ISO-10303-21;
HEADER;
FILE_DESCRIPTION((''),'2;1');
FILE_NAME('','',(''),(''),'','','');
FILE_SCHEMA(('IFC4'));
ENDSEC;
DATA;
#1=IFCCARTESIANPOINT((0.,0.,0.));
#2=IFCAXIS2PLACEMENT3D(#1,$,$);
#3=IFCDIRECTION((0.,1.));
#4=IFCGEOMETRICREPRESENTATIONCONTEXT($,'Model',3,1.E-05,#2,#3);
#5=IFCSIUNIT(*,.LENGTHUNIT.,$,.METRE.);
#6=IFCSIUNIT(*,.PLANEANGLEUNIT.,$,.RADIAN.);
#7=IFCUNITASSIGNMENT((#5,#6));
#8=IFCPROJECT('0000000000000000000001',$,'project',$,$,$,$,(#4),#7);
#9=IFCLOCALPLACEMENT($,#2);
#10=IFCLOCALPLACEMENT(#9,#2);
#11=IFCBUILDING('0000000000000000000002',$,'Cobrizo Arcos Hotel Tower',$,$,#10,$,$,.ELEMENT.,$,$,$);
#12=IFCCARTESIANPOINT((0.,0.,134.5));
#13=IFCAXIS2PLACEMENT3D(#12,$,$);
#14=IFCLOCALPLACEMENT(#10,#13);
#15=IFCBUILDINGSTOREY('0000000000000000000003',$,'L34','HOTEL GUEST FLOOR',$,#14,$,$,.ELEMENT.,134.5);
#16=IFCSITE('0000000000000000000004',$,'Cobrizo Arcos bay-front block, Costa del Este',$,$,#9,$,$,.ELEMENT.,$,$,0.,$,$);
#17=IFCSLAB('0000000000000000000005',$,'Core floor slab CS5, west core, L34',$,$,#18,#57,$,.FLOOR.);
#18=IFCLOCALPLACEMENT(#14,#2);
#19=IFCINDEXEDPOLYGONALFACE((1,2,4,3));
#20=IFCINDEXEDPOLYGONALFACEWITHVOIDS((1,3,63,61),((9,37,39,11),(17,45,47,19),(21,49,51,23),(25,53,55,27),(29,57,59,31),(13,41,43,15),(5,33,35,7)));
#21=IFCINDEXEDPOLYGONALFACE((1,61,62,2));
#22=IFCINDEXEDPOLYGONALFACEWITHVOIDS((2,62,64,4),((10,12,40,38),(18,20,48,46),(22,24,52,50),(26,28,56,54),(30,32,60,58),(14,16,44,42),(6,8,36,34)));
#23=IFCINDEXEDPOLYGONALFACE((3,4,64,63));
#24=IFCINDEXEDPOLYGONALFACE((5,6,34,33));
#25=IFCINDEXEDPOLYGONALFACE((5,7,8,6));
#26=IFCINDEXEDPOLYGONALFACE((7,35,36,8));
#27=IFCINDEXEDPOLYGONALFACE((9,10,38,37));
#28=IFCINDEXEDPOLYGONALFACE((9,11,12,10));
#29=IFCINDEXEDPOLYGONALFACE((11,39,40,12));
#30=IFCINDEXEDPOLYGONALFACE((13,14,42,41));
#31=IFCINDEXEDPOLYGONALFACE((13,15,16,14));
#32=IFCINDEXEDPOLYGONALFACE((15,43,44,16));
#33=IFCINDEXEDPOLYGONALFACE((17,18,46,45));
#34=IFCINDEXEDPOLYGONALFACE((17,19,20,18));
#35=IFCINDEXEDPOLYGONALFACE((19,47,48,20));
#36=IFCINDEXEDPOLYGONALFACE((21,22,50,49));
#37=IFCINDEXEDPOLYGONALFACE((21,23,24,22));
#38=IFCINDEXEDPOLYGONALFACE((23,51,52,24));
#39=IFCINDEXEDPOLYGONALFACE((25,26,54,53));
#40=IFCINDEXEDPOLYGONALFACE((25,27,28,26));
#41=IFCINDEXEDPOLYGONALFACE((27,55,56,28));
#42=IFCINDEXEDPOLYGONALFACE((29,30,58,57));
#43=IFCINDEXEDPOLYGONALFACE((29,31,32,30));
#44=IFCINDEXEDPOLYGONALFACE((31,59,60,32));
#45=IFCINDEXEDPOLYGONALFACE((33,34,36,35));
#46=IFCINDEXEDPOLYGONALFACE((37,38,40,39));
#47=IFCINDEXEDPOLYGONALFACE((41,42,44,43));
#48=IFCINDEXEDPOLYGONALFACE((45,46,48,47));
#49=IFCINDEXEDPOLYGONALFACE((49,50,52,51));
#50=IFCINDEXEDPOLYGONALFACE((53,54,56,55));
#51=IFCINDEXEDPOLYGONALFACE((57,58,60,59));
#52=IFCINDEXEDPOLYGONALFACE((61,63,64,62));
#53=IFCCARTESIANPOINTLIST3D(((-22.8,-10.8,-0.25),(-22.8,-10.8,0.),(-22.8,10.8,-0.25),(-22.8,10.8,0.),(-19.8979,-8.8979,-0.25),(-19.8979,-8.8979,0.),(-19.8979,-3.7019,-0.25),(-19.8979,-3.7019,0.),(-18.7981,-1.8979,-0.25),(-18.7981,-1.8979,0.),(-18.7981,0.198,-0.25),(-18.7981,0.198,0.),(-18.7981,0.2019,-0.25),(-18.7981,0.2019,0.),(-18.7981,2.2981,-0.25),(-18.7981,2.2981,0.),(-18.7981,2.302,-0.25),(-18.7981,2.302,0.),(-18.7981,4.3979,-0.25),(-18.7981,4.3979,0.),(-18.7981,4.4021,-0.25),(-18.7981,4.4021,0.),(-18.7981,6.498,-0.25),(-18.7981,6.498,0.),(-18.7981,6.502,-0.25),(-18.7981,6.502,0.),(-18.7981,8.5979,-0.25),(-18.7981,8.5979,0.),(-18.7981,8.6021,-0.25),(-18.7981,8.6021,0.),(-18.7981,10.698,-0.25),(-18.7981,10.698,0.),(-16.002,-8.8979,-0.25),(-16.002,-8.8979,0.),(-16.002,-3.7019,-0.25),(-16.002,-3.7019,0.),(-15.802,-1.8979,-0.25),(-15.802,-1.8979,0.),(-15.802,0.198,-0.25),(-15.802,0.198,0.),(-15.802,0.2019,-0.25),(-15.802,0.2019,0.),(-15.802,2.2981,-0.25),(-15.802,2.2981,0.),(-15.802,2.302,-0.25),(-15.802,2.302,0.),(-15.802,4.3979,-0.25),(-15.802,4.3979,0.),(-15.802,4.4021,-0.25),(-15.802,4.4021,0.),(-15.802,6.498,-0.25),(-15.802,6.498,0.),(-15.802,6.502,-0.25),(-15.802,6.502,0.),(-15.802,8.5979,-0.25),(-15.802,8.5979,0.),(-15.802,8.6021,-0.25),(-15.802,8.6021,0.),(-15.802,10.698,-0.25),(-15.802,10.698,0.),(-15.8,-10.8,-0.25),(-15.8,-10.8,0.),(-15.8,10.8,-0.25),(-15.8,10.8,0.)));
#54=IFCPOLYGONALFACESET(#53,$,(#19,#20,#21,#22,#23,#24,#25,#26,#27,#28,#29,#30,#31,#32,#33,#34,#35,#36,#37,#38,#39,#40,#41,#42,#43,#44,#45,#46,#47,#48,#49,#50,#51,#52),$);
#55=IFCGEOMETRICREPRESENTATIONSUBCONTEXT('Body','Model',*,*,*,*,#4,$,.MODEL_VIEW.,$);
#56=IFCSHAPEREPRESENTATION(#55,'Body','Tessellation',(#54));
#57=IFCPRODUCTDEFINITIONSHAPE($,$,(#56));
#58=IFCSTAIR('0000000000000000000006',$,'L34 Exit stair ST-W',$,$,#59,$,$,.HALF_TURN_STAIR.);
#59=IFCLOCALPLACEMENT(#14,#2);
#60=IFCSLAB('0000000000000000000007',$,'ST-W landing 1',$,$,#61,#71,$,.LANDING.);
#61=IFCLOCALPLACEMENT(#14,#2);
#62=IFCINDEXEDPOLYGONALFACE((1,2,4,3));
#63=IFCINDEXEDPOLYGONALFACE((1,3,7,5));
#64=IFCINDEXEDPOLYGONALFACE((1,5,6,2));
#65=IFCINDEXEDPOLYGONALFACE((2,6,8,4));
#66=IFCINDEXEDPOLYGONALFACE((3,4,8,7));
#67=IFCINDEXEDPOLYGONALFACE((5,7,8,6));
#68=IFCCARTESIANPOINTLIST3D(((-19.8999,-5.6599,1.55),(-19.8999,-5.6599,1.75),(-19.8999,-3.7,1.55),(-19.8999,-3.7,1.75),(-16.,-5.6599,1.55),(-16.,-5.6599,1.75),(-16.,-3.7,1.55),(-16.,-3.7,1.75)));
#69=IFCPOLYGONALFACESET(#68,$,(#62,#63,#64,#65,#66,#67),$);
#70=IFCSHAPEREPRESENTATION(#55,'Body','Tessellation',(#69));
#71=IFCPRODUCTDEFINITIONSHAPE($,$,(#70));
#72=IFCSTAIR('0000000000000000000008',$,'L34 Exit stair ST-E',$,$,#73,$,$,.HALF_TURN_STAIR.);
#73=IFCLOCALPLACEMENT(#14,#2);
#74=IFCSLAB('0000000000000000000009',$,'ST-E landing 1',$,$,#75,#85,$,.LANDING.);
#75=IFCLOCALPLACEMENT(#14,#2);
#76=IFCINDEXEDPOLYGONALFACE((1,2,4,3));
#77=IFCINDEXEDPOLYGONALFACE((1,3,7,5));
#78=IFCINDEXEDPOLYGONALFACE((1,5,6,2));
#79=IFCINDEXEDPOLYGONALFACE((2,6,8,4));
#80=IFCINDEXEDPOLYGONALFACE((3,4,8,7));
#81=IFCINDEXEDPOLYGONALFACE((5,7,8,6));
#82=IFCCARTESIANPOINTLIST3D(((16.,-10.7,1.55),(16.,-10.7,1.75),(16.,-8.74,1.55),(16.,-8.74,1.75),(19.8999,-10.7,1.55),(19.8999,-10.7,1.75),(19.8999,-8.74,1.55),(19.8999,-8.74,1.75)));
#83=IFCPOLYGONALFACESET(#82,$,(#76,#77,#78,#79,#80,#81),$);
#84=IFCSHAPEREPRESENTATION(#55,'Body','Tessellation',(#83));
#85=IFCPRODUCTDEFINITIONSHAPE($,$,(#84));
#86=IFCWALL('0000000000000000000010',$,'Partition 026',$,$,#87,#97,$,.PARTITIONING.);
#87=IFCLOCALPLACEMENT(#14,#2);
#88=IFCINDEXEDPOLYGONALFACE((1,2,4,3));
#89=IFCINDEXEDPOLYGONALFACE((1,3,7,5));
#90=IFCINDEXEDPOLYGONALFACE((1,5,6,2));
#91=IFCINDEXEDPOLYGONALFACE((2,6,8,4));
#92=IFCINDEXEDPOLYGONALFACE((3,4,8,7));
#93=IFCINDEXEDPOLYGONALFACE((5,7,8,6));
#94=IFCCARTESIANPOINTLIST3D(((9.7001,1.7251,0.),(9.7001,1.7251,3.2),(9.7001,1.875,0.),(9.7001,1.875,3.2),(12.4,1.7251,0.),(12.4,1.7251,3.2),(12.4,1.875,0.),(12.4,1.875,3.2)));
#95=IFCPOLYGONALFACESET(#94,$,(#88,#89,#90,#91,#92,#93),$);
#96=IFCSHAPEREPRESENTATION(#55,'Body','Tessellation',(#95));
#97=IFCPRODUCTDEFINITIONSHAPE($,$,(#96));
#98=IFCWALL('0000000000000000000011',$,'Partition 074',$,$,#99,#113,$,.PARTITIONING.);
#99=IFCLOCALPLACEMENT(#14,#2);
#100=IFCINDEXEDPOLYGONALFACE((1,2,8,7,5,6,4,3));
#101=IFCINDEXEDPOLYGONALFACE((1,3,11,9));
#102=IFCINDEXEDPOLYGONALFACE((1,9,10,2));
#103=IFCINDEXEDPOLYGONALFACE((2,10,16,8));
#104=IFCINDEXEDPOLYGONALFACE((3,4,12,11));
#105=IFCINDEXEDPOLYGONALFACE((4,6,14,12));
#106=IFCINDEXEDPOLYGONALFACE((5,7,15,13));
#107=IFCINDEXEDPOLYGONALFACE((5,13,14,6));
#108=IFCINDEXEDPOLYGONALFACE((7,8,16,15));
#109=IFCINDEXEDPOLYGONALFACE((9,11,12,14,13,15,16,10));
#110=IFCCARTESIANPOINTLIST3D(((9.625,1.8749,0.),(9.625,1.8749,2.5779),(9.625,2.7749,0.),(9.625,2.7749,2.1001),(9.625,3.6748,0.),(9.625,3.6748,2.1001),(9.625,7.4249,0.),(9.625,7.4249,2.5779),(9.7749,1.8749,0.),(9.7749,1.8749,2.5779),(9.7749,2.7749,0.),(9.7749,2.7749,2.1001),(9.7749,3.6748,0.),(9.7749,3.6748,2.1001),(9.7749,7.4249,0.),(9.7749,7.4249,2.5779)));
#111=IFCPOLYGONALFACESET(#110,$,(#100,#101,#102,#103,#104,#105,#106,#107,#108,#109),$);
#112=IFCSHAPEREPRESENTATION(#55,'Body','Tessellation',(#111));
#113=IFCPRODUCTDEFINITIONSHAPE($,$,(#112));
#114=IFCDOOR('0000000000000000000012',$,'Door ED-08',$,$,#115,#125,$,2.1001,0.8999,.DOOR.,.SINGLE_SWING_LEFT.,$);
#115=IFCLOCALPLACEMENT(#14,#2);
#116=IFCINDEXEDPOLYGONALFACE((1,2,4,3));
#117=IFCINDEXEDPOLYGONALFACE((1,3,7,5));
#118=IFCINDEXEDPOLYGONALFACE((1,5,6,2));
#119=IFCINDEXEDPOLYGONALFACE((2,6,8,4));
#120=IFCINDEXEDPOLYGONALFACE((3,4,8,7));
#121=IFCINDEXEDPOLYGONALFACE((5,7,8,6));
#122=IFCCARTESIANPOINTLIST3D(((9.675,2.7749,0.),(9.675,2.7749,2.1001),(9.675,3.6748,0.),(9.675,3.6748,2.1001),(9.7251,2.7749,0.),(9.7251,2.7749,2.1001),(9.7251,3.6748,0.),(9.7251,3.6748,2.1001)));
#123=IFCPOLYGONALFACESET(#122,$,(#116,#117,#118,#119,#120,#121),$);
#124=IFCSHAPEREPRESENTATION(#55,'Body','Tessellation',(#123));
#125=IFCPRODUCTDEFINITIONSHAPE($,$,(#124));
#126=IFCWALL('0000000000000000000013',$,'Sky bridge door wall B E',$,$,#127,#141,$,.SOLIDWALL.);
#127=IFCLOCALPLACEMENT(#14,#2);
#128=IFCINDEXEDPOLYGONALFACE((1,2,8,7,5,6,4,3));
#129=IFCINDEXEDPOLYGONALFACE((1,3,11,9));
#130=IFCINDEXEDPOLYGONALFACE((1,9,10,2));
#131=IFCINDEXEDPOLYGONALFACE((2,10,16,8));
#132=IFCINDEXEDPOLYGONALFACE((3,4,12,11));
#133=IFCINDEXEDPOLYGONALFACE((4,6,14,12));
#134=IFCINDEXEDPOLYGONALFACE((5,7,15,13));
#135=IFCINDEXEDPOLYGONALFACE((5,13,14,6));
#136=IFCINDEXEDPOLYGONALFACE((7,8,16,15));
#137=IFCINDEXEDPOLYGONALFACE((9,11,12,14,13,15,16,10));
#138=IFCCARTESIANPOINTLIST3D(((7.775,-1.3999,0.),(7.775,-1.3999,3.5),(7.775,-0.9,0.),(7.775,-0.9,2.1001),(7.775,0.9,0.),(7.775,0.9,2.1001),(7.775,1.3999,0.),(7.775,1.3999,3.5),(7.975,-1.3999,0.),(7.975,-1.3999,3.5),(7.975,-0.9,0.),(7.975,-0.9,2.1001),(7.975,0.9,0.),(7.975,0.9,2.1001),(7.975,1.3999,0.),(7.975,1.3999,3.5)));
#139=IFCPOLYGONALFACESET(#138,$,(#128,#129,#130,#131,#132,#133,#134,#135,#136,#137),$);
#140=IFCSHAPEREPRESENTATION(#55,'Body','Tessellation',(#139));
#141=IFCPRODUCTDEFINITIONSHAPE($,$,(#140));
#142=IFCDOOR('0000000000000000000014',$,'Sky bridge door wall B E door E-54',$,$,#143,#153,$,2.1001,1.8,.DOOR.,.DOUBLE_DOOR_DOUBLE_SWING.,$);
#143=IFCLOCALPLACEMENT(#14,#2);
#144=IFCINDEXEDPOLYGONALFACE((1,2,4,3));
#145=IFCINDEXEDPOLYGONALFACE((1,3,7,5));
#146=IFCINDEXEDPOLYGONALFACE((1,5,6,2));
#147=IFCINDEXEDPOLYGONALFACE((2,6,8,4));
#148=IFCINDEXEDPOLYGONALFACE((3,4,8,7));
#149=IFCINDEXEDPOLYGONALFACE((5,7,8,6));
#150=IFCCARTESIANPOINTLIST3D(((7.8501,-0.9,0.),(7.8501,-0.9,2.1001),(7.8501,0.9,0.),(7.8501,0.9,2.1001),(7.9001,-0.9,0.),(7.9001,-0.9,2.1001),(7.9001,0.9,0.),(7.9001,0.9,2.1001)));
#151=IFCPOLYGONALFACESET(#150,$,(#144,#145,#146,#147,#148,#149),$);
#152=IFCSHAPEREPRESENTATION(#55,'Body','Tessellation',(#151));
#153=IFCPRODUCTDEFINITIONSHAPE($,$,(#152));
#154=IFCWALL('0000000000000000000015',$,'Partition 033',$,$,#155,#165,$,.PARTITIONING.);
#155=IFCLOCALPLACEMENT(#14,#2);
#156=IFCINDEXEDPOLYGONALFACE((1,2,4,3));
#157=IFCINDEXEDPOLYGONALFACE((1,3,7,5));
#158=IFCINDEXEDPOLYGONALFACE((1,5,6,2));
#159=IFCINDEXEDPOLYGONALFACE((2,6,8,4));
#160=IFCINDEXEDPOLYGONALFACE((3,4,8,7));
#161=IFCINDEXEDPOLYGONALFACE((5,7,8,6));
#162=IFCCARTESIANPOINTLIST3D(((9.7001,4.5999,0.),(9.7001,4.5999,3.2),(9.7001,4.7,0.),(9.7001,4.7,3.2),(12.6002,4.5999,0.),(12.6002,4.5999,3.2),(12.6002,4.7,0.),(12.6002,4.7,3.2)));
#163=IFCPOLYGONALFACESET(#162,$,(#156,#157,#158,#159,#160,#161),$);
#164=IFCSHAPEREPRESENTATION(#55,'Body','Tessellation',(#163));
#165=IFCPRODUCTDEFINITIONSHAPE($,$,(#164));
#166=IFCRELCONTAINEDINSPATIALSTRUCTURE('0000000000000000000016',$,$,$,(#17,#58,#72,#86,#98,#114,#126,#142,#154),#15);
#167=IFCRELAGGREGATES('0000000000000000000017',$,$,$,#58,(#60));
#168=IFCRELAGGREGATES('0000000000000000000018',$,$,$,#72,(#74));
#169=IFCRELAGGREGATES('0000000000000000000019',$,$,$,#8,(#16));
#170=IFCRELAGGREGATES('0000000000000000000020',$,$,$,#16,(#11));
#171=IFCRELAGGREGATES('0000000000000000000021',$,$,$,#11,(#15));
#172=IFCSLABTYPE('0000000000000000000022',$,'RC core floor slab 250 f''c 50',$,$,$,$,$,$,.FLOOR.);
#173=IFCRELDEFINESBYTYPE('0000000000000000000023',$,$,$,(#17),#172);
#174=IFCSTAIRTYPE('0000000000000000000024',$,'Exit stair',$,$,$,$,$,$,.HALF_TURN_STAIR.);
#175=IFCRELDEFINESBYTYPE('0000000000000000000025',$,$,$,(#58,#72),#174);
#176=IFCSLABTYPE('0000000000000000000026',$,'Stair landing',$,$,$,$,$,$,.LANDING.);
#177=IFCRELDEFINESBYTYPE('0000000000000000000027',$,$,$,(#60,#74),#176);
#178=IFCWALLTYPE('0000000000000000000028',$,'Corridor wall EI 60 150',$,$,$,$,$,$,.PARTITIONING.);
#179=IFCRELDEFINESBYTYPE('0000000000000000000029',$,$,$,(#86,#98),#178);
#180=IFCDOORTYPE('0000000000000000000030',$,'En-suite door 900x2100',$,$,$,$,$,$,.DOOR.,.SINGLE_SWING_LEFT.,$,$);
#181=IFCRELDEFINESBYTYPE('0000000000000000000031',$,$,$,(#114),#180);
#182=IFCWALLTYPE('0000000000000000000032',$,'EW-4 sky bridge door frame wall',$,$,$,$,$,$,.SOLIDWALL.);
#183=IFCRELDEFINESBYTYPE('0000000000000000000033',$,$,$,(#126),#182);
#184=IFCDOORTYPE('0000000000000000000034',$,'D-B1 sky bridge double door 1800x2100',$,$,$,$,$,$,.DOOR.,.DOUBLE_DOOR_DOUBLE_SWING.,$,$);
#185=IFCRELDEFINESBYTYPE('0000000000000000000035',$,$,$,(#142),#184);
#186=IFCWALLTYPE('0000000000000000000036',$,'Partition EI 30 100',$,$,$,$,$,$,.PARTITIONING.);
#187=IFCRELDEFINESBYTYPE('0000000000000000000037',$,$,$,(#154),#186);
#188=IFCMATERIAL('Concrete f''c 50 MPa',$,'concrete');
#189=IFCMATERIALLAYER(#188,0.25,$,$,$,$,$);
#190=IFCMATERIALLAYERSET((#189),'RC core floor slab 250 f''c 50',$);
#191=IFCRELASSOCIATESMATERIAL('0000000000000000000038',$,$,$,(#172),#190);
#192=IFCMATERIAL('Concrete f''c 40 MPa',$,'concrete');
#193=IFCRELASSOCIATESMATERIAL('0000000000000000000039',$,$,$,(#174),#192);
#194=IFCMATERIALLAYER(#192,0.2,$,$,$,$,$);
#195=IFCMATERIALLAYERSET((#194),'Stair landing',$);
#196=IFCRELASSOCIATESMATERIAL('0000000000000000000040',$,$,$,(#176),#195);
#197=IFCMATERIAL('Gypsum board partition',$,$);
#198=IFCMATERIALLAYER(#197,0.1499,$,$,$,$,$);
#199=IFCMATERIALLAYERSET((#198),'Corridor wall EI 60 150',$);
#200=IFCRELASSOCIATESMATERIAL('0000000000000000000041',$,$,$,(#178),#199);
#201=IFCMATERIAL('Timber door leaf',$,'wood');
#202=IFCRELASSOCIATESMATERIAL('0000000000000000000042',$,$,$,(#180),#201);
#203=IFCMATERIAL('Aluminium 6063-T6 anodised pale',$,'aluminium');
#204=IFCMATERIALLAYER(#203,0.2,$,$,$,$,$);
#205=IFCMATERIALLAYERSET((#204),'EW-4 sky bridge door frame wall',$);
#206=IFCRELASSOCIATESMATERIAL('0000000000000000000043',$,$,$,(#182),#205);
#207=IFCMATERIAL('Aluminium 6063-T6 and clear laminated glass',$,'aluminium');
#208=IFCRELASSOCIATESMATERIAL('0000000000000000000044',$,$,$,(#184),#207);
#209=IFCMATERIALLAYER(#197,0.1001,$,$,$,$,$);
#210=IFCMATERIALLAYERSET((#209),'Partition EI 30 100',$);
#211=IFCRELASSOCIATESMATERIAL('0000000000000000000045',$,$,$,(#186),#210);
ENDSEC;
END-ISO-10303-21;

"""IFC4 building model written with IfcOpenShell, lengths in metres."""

from ifc_helpers import new_model, si_unit, direction, frame, frame_2d, origin, place, context, subcontext, project, spatial, polyline, rectangle, outline, extrude, material, layer, layer_set, type_object, element, fill, aggregate, save


model = new_model("IFC4")

# Units and contexts
model_context = context("Model", 3, precision=1e-05, world=origin(), true_north=direction((0.0, 1.0)))
body_context = subcontext(model_context, "Body", "Model", "MODEL_VIEW")
ifc_project = project(units=[si_unit("LENGTHUNIT", "METRE"), si_unit("PLANEANGLEUNIT", "RADIAN")], contexts=[model_context])

# Site, building, storey
site_placement = place(None, origin())
site = spatial("IfcSite", under=ifc_project, at=site_placement, Name="Cobrizo Arcos bay-front block, Costa del Este", CompositionType="ELEMENT", RefElevation=0.0)
building_placement = place(site_placement, origin())
building = spatial("IfcBuilding", under=site, at=building_placement, Name="Cobrizo Arcos Hotel Tower", CompositionType="ELEMENT")
storey_placement = place(building_placement, frame((0.0, 0.0, 134.5)))
storey = spatial("IfcBuildingStorey", under=building, at=storey_placement, Name="L34", Description="HOTEL GUEST FLOOR", CompositionType="ELEMENT", Elevation=134.5)

# Slab
ifc_material_1 = material(Name="Concrete f'c 50 MPa", Category="concrete")
ifc_layer_1 = layer(ifc_material_1, 0.25)
ifc_layer_set_1 = layer_set([ifc_layer_1], Name="RC core floor slab 250 f'c 50")
slab_type_1 = type_object("IfcSlabType", Name="RC core floor slab 250 f'c 50", PredefinedType="FLOOR", material=ifc_layer_set_1)
slab_1_placement = place(storey_placement, frame((0.0, 0.0, -0.25)))
element("IfcSlab", 1, at=slab_1_placement, inside=storey, type_object=slab_type_1, Name="Core floor slab CS5, west core, L34", PredefinedType="FLOOR", context=body_context, shape_type="SweptSolid", body=[
    extrude(outline(polyline([(-22.8, 10.8), (-15.8, 10.8), (-15.8, -10.8), (-22.8, -10.8), (-22.8, 10.8)]), holes=[polyline([(-19.8979, -3.7019), (-19.8979, -8.8979), (-16.002, -8.8979), (-16.002, -3.7019), (-19.8979, -3.7019)]), polyline([(-18.7981, 0.198), (-18.7981, -1.8979), (-15.802, -1.8979), (-15.802, 0.198), (-18.7981, 0.198)]), polyline([(-15.802, 2.2981), (-18.7981, 2.2981), (-18.7981, 0.2019), (-15.802, 0.2019), (-15.802, 2.2981)]), polyline([(-15.802, 4.3979), (-18.7981, 4.3979), (-18.7981, 2.302), (-15.802, 2.302), (-15.802, 4.3979)]), polyline([(-18.7981, 6.498), (-18.7981, 4.4021), (-15.802, 4.4021), (-15.802, 6.498), (-18.7981, 6.498)]), polyline([(-15.802, 8.5979), (-18.7981, 8.5979), (-18.7981, 6.502), (-15.802, 6.502), (-15.802, 8.5979)]), polyline([(-15.802, 10.698), (-18.7981, 10.698), (-18.7981, 8.6021), (-15.802, 8.6021), (-15.802, 10.698)])]), origin(), (0.0, 0.0, 1.0), 0.25),
])

# Stairs, slabs
ifc_material_2 = material(Name="Concrete f'c 40 MPa", Category="concrete")
stair_type = type_object("IfcStairType", Name="Exit stair", PredefinedType="HALF_TURN_STAIR", material=ifc_material_2)
stair_1_placement = place(storey_placement, origin())
stair_1 = element("IfcStair", 2, at=stair_1_placement, inside=storey, type_object=stair_type, Name="L34 Exit stair ST-W", PredefinedType="HALF_TURN_STAIR")
ifc_layer_2 = layer(ifc_material_2, 0.2)
ifc_layer_set_2 = layer_set([ifc_layer_2], Name="Stair landing")
slab_type_2 = type_object("IfcSlabType", Name="Stair landing", PredefinedType="LANDING", material=ifc_layer_set_2)
slab_2_placement = place(storey_placement, frame((0.0, 0.0, 1.55)))
slab_2 = element("IfcSlab", 3, at=slab_2_placement, type_object=slab_type_2, Name="ST-W landing 1", PredefinedType="LANDING", context=body_context, shape_type="SweptSolid", body=[
    extrude(outline(polyline([(-16.0, -5.6599), (-16.0, -3.7), (-19.8999, -3.7), (-19.8999, -5.6599), (-16.0, -5.6599)])), origin(), (0.0, 0.0, 1.0), 0.2),
])
aggregate(stair_1, [slab_2])
stair_2_placement = place(storey_placement, origin())
stair_2 = element("IfcStair", 4, at=stair_2_placement, inside=storey, type_object=stair_type, Name="L34 Exit stair ST-E", PredefinedType="HALF_TURN_STAIR")
slab_3_placement = place(storey_placement, frame((0.0, 0.0, 1.55)))
slab_3 = element("IfcSlab", 5, at=slab_3_placement, type_object=slab_type_2, Name="ST-E landing 1", PredefinedType="LANDING", context=body_context, shape_type="SweptSolid", body=[
    extrude(outline(polyline([(16.0, -8.74), (16.0, -10.7), (19.8999, -10.7), (19.8999, -8.74), (16.0, -8.74)])), origin(), (0.0, 0.0, 1.0), 0.2),
])
aggregate(stair_2, [slab_3])

# Wall
ifc_material_3 = material(Name="Gypsum board partition")
ifc_layer_3 = layer(ifc_material_3, 0.1499)
ifc_layer_set_3 = layer_set([ifc_layer_3], Name="Corridor wall EI 60 150")
wall_type_1 = type_object("IfcWallType", Name="Corridor wall EI 60 150", PredefinedType="PARTITIONING", material=ifc_layer_set_3)
wall_1_placement = place(storey_placement, frame((9.7, 1.8, 0.0), z_axis=(0.0, 0.0, 1.0), x_axis=(1.0, 0.0, 0.0)))
element("IfcWall", 6, at=wall_1_placement, inside=storey, type_object=wall_type_1, Name="Partition 026", PredefinedType="PARTITIONING", context=body_context, shape_type="SweptSolid", body=[
    extrude(rectangle(XDim=2.7, YDim=0.1499, at=frame_2d((1.3501, 0.0))), origin(), (0.0, 0.0, 1.0), 3.2),
])

# Walls, openings, doors
wall_2_placement = place(storey_placement, frame((9.7, 1.875, 0.0), z_axis=(0.0, 0.0, 1.0), x_axis=(0.0, 1.0, 0.0)))
wall_2 = element("IfcWall", 7, at=wall_2_placement, inside=storey, type_object=wall_type_1, Name="Partition 074", PredefinedType="PARTITIONING", context=body_context, shape_type="SweptSolid", body=[
    extrude(rectangle(XDim=5.55, YDim=0.1499, at=frame_2d((2.7749, 0.0))), origin(), (0.0, 0.0, 1.0), 2.5779),
])
opening_1_placement = place(wall_2_placement, frame((0.8999, 0.0, 0.0)))
opening_1 = element("IfcOpeningElement", 8, at=opening_1_placement, cuts=wall_2, PredefinedType="OPENING", context=body_context, shape_type="SweptSolid", body=[
    extrude(rectangle(XDim=0.8999, YDim=2.1001, at=frame_2d((0.45, 1.05))), frame((0.0, 0.0869, 0.0), z_axis=(0.0, -1.0, 0.0), x_axis=(1.0, 0.0, 0.0)), (0.0, 0.0, 1.0), 0.1738),
])
ifc_material_4 = material(Name="Timber door leaf", Category="wood")
door_type_1 = type_object("IfcDoorType", Name="En-suite door 900x2100", OperationType="SINGLE_SWING_LEFT", PredefinedType="DOOR", material=ifc_material_4)
door_1_placement = place(opening_1_placement, origin())
door_1 = element("IfcDoor", 9, at=door_1_placement, inside=storey, type_object=door_type_1, Name="Door ED-08", OperationType="SINGLE_SWING_LEFT", OverallHeight=2.1001, OverallWidth=0.8999, PredefinedType="DOOR", context=body_context, shape_type="SweptSolid", body=[
    extrude(rectangle(XDim=0.8999, YDim=2.1001, at=frame_2d((0.45, 1.05))), frame((0.0, 0.0249, 0.0), z_axis=(0.0, -1.0, 0.0), x_axis=(1.0, 0.0, 0.0)), (0.0, 0.0, 1.0), 0.05),
])
fill(opening_1, door_1)
ifc_material_5 = material(Name="Aluminium 6063-T6 anodised pale", Category="aluminium")
ifc_layer_4 = layer(ifc_material_5, 0.2)
ifc_layer_set_4 = layer_set([ifc_layer_4], Name="EW-4 sky bridge door frame wall")
wall_type_2 = type_object("IfcWallType", Name="EW-4 sky bridge door frame wall", PredefinedType="SOLIDWALL", material=ifc_layer_set_4)
wall_3_placement = place(storey_placement, frame((7.875, -1.3999, 0.0), z_axis=(0.0, 0.0, 1.0), x_axis=(0.0, 1.0, 0.0)))
wall_3 = element("IfcWall", 10, at=wall_3_placement, inside=storey, type_object=wall_type_2, Name="Sky bridge door wall B E", PredefinedType="SOLIDWALL", context=body_context, shape_type="SweptSolid", body=[
    extrude(rectangle(XDim=2.7998, YDim=0.2, at=frame_2d((1.3999, 0.0))), origin(), (0.0, 0.0, 1.0), 3.5),
])
opening_2_placement = place(wall_3_placement, frame((0.5, 0.0, 0.0)))
opening_2 = element("IfcOpeningElement", 11, at=opening_2_placement, cuts=wall_3, PredefinedType="OPENING", context=body_context, shape_type="SweptSolid", body=[
    extrude(rectangle(XDim=1.8, YDim=2.1001, at=frame_2d((0.8999, 1.05))), frame((0.0, 0.1121, 0.0), z_axis=(0.0, -1.0, 0.0), x_axis=(1.0, 0.0, 0.0)), (0.0, 0.0, 1.0), 0.2239),
])
ifc_material_6 = material(Name="Aluminium 6063-T6 and clear laminated glass", Category="aluminium")
door_type_2 = type_object("IfcDoorType", Name="D-B1 sky bridge double door 1800x2100", OperationType="DOUBLE_DOOR_DOUBLE_SWING", PredefinedType="DOOR", material=ifc_material_6)
door_2_placement = place(opening_2_placement, origin())
door_2 = element("IfcDoor", 12, at=door_2_placement, inside=storey, type_object=door_type_2, Name="Sky bridge door wall B E door E-54", OperationType="DOUBLE_DOOR_DOUBLE_SWING", OverallHeight=2.1001, OverallWidth=1.8, PredefinedType="DOOR", context=body_context, shape_type="SweptSolid", body=[
    extrude(rectangle(XDim=1.8, YDim=2.1001, at=frame_2d((0.8999, 1.05))), frame((0.0, 0.0249, 0.0), z_axis=(0.0, -1.0, 0.0), x_axis=(1.0, 0.0, 0.0)), (0.0, 0.0, 1.0), 0.05),
])
fill(opening_2, door_2)

# Wall
ifc_layer_5 = layer(ifc_material_3, 0.1001)
ifc_layer_set_5 = layer_set([ifc_layer_5], Name="Partition EI 30 100")
wall_type_3 = type_object("IfcWallType", Name="Partition EI 30 100", PredefinedType="PARTITIONING", material=ifc_layer_set_5)
wall_4_placement = place(storey_placement, frame((9.7, 4.6499, 0.0), z_axis=(0.0, 0.0, 1.0), x_axis=(1.0, 0.0, 0.0)))
element("IfcWall", 13, at=wall_4_placement, inside=storey, type_object=wall_type_3, Name="Partition 033", PredefinedType="PARTITIONING", context=body_context, shape_type="SweptSolid", body=[
    extrude(rectangle(XDim=2.9001, YDim=0.1001, at=frame_2d((1.4502, 0.0))), origin(), (0.0, 0.0, 1.0), 3.2),
])

save(model, "model.ifc")
